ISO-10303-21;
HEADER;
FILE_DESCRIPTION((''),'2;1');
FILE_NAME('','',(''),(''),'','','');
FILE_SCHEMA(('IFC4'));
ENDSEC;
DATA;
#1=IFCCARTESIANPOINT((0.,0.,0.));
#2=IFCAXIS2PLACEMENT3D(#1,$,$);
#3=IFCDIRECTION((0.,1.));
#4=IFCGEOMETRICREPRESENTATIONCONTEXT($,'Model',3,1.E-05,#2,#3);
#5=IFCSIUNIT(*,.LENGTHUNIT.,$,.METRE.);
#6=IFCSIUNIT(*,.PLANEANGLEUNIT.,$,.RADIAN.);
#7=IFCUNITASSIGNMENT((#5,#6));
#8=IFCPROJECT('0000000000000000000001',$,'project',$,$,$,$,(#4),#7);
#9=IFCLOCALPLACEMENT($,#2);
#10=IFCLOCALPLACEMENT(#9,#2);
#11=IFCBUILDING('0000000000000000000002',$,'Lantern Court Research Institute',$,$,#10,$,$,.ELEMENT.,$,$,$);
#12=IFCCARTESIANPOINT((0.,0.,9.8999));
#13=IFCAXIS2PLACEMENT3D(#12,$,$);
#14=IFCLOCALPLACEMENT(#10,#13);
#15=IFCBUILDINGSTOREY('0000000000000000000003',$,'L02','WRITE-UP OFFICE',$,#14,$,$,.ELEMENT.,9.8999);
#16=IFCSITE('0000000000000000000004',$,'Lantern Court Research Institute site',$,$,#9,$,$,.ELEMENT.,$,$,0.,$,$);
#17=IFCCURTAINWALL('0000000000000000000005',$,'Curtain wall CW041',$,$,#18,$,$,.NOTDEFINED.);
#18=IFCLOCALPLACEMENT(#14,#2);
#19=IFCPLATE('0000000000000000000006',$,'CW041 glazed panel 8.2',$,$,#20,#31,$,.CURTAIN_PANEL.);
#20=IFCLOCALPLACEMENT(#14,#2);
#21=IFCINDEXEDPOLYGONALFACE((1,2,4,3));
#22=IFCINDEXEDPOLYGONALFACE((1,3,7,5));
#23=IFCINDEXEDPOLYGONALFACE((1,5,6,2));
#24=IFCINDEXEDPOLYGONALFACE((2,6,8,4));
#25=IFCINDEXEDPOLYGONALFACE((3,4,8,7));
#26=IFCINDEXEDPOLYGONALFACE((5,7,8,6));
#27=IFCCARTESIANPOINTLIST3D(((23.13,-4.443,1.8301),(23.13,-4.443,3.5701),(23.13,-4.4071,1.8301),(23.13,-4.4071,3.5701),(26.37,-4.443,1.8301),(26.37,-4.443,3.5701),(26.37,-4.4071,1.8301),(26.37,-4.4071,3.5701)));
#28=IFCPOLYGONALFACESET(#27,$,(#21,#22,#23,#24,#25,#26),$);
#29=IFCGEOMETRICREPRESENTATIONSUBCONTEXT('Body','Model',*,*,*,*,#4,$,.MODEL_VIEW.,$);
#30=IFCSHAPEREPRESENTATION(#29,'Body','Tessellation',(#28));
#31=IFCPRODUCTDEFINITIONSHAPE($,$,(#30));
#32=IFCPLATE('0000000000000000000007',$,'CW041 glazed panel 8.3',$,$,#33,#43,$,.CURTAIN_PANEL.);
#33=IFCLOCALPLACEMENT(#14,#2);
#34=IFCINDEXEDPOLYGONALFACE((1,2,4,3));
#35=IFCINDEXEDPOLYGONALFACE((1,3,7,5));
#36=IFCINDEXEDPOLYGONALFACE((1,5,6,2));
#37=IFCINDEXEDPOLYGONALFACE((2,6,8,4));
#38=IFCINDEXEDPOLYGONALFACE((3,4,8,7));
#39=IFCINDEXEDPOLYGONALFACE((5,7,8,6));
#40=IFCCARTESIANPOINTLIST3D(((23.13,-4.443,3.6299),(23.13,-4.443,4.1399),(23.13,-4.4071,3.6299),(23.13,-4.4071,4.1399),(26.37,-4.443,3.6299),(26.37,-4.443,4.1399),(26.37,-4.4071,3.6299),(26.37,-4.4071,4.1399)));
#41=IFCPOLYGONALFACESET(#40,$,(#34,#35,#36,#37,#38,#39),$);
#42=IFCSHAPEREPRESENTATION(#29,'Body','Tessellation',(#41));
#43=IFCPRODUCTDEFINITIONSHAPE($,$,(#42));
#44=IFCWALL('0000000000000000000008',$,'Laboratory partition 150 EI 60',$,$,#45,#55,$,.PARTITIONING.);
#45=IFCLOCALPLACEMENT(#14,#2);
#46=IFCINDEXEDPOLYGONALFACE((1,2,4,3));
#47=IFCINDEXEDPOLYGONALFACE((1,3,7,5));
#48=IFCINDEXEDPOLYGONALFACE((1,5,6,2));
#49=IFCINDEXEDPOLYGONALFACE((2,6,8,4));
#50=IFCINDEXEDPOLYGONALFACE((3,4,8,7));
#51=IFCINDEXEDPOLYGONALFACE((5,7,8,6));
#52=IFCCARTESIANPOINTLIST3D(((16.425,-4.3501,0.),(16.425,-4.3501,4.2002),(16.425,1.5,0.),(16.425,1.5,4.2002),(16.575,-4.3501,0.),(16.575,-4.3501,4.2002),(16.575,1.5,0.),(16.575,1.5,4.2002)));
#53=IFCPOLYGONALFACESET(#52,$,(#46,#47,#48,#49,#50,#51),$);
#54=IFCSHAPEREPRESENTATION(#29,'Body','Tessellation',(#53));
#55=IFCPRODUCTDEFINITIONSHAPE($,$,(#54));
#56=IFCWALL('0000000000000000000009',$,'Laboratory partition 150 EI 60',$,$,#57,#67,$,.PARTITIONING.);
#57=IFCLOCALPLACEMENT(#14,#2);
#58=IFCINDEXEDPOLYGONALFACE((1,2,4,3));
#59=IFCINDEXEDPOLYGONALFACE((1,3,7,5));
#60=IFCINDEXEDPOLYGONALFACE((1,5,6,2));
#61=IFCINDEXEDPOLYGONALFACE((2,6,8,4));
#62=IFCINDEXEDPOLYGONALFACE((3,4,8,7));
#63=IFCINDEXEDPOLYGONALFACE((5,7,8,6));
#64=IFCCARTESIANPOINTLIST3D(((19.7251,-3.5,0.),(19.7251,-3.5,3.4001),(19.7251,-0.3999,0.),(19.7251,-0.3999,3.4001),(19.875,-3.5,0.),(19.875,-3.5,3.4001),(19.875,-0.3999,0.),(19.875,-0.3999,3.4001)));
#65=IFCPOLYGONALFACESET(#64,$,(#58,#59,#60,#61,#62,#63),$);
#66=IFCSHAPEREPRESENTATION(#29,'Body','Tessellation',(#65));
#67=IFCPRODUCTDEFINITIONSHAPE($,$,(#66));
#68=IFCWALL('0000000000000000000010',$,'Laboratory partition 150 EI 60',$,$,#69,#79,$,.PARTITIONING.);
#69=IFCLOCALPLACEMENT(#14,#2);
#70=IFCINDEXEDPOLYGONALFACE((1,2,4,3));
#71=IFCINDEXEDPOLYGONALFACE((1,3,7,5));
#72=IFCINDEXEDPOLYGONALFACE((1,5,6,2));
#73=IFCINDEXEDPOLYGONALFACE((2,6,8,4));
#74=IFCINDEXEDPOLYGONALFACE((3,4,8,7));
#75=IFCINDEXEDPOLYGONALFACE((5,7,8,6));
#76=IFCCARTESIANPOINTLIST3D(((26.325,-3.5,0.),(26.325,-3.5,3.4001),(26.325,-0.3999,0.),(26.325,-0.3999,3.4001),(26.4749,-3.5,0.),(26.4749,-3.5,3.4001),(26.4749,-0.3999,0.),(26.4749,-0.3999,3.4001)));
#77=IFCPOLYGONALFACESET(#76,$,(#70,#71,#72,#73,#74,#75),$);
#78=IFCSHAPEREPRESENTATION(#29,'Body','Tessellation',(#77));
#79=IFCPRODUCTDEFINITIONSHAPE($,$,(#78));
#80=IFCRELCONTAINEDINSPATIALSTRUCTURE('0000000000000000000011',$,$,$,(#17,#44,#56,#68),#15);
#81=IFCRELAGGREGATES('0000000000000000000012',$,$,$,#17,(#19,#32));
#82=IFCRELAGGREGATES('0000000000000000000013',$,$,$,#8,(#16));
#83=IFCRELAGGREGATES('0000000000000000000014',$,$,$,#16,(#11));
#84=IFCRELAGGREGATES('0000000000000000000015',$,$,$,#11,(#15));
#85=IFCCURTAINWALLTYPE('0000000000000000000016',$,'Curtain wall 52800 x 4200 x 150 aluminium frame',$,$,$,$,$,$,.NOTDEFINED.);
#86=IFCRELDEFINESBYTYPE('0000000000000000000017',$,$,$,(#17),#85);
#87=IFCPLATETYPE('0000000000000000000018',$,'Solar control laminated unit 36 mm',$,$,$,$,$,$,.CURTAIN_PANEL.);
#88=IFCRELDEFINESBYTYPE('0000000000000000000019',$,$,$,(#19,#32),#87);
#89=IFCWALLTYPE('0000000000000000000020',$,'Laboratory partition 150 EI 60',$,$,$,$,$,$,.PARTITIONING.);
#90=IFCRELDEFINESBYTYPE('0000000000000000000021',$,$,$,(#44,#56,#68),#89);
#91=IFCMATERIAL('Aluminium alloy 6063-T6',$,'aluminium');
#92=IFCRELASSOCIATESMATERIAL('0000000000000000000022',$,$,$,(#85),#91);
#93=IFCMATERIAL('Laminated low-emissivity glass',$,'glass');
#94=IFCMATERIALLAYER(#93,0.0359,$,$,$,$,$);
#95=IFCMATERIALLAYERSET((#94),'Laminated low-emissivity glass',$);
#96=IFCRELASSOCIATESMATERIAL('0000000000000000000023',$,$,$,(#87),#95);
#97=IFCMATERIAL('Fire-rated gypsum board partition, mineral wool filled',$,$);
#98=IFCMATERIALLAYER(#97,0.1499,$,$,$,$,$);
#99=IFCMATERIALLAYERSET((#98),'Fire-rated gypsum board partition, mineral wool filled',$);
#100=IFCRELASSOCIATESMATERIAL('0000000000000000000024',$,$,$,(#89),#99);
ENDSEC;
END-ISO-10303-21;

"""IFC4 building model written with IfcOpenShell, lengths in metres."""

from ifc_helpers import new_model, si_unit, direction, frame, frame_2d, origin, origin_2d, place, context, subcontext, project, spatial, rectangle, extrude, material, layer, layer_set, type_object, element, aggregate, save


model = new_model("IFC4")

# Units and contexts
model_context = context("Model", 3, precision=1e-05, world=origin(), true_north=direction((0.0, 1.0)))
body_context = subcontext(model_context, "Body", "Model", "MODEL_VIEW")
ifc_project = project(units=[si_unit("LENGTHUNIT", "METRE"), si_unit("PLANEANGLEUNIT", "RADIAN")], contexts=[model_context])

# Site, building, storey
site_placement = place(None, origin())
site = spatial("IfcSite", under=ifc_project, at=site_placement, Name="Lantern Court Research Institute site", CompositionType="ELEMENT", RefElevation=0.0)
building_placement = place(site_placement, origin())
building = spatial("IfcBuilding", under=site, at=building_placement, Name="Lantern Court Research Institute", CompositionType="ELEMENT")
storey_placement = place(building_placement, frame((0.0, 0.0, 9.8999)))
storey = spatial("IfcBuildingStorey", under=building, at=storey_placement, Name="L02", Description="WRITE-UP OFFICE", CompositionType="ELEMENT", Elevation=9.8999)

# Curtain wall
ifc_material_1 = material(Name="Aluminium alloy 6063-T6", Category="aluminium")
curtain_wall_type = type_object("IfcCurtainWallType", Name="Curtain wall 52800 x 4200 x 150 aluminium frame", PredefinedType="NOTDEFINED", material=ifc_material_1)
curtain_wall_placement = place(storey_placement, origin())
curtain_wall = element("IfcCurtainWall", 1, at=curtain_wall_placement, inside=storey, type_object=curtain_wall_type, Name="Curtain wall CW041", PredefinedType="NOTDEFINED")

# Plates
ifc_material_2 = material(Name="Laminated low-emissivity glass", Category="glass")
ifc_layer_1 = layer(ifc_material_2, 0.0359)
ifc_layer_set_1 = layer_set([ifc_layer_1], Name="Laminated low-emissivity glass")
plate_type_1 = type_object("IfcPlateType", Name="Solar control laminated unit 36 mm", PredefinedType="CURTAIN_PANEL", material=ifc_layer_set_1)
plate_1_placement = place(storey_placement, frame((24.75, -4.425, 1.8301), z_axis=(0.0, 0.0, 1.0), x_axis=(-1.0, 0.0, 0.0)))
plate_1 = element("IfcPlate", 2, at=plate_1_placement, type_object=plate_type_1, Name="CW041 glazed panel 8.2", PredefinedType="CURTAIN_PANEL", context=body_context, shape_type="SweptSolid", body=[
    extrude(rectangle(XDim=3.24, YDim=0.0359, at=origin_2d()), origin(), (0.0, 0.0, 1.0), 1.74),
])
plate_2_placement = place(storey_placement, frame((24.75, -4.425, 3.6299), z_axis=(0.0, 0.0, 1.0), x_axis=(-1.0, 0.0, 0.0)))
plate_2 = element("IfcPlate", 3, at=plate_2_placement, type_object=plate_type_1, Name="CW041 glazed panel 8.3", PredefinedType="CURTAIN_PANEL", context=body_context, shape_type="SweptSolid", body=[
    extrude(rectangle(XDim=3.24, YDim=0.0359, at=origin_2d()), origin(), (0.0, 0.0, 1.0), 0.51),
])
aggregate(curtain_wall, [plate_1, plate_2])

# Walls
ifc_material_3 = material(Name="Fire-rated gypsum board partition, mineral wool filled")
ifc_layer_2 = layer(ifc_material_3, 0.1499)
ifc_layer_set_2 = layer_set([ifc_layer_2], Name="Fire-rated gypsum board partition, mineral wool filled")
wall_type = type_object("IfcWallType", Name="Laboratory partition 150 EI 60", PredefinedType="PARTITIONING", material=ifc_layer_set_2)
wall_placement = place(storey_placement, frame((16.5, -4.3501, 0.0), z_axis=(0.0, 0.0, 1.0), x_axis=(0.0, 1.0, 0.0)))
element("IfcWall", 4, at=wall_placement, inside=storey, type_object=wall_type, Name="Laboratory partition 150 EI 60", PredefinedType="PARTITIONING", context=body_context, shape_type="SweptSolid", body=[
    extrude(rectangle(XDim=5.8501, YDim=0.1499, at=frame_2d((2.925, 0.0))), origin(), (0.0, 0.0, 1.0), 4.2002),
])
for number, where, z_axis, x_axis, name in (
    (5, (19.8, -3.5, 0.0), (0.0, 0.0, 1.0), (0.0, 1.0, 0.0), "Laboratory partition 150 EI 60"),
    (6, (26.3999, -3.5, 0.0), (0.0, 0.0, 1.0), (0.0, 1.0, 0.0), "Laboratory partition 150 EI 60"),
):
    element("IfcWall", number, at=place(storey_placement, frame(where, z_axis=z_axis, x_axis=x_axis)), inside=storey, type_object=wall_type, Name=name, PredefinedType="PARTITIONING", context=body_context, shape_type="SweptSolid", body=[
        extrude(rectangle(XDim=3.1001, YDim=0.1499, at=frame_2d((1.55, 0.0))), origin(), (0.0, 0.0, 1.0), 3.4001),
    ])

save(model, "model.ifc")
